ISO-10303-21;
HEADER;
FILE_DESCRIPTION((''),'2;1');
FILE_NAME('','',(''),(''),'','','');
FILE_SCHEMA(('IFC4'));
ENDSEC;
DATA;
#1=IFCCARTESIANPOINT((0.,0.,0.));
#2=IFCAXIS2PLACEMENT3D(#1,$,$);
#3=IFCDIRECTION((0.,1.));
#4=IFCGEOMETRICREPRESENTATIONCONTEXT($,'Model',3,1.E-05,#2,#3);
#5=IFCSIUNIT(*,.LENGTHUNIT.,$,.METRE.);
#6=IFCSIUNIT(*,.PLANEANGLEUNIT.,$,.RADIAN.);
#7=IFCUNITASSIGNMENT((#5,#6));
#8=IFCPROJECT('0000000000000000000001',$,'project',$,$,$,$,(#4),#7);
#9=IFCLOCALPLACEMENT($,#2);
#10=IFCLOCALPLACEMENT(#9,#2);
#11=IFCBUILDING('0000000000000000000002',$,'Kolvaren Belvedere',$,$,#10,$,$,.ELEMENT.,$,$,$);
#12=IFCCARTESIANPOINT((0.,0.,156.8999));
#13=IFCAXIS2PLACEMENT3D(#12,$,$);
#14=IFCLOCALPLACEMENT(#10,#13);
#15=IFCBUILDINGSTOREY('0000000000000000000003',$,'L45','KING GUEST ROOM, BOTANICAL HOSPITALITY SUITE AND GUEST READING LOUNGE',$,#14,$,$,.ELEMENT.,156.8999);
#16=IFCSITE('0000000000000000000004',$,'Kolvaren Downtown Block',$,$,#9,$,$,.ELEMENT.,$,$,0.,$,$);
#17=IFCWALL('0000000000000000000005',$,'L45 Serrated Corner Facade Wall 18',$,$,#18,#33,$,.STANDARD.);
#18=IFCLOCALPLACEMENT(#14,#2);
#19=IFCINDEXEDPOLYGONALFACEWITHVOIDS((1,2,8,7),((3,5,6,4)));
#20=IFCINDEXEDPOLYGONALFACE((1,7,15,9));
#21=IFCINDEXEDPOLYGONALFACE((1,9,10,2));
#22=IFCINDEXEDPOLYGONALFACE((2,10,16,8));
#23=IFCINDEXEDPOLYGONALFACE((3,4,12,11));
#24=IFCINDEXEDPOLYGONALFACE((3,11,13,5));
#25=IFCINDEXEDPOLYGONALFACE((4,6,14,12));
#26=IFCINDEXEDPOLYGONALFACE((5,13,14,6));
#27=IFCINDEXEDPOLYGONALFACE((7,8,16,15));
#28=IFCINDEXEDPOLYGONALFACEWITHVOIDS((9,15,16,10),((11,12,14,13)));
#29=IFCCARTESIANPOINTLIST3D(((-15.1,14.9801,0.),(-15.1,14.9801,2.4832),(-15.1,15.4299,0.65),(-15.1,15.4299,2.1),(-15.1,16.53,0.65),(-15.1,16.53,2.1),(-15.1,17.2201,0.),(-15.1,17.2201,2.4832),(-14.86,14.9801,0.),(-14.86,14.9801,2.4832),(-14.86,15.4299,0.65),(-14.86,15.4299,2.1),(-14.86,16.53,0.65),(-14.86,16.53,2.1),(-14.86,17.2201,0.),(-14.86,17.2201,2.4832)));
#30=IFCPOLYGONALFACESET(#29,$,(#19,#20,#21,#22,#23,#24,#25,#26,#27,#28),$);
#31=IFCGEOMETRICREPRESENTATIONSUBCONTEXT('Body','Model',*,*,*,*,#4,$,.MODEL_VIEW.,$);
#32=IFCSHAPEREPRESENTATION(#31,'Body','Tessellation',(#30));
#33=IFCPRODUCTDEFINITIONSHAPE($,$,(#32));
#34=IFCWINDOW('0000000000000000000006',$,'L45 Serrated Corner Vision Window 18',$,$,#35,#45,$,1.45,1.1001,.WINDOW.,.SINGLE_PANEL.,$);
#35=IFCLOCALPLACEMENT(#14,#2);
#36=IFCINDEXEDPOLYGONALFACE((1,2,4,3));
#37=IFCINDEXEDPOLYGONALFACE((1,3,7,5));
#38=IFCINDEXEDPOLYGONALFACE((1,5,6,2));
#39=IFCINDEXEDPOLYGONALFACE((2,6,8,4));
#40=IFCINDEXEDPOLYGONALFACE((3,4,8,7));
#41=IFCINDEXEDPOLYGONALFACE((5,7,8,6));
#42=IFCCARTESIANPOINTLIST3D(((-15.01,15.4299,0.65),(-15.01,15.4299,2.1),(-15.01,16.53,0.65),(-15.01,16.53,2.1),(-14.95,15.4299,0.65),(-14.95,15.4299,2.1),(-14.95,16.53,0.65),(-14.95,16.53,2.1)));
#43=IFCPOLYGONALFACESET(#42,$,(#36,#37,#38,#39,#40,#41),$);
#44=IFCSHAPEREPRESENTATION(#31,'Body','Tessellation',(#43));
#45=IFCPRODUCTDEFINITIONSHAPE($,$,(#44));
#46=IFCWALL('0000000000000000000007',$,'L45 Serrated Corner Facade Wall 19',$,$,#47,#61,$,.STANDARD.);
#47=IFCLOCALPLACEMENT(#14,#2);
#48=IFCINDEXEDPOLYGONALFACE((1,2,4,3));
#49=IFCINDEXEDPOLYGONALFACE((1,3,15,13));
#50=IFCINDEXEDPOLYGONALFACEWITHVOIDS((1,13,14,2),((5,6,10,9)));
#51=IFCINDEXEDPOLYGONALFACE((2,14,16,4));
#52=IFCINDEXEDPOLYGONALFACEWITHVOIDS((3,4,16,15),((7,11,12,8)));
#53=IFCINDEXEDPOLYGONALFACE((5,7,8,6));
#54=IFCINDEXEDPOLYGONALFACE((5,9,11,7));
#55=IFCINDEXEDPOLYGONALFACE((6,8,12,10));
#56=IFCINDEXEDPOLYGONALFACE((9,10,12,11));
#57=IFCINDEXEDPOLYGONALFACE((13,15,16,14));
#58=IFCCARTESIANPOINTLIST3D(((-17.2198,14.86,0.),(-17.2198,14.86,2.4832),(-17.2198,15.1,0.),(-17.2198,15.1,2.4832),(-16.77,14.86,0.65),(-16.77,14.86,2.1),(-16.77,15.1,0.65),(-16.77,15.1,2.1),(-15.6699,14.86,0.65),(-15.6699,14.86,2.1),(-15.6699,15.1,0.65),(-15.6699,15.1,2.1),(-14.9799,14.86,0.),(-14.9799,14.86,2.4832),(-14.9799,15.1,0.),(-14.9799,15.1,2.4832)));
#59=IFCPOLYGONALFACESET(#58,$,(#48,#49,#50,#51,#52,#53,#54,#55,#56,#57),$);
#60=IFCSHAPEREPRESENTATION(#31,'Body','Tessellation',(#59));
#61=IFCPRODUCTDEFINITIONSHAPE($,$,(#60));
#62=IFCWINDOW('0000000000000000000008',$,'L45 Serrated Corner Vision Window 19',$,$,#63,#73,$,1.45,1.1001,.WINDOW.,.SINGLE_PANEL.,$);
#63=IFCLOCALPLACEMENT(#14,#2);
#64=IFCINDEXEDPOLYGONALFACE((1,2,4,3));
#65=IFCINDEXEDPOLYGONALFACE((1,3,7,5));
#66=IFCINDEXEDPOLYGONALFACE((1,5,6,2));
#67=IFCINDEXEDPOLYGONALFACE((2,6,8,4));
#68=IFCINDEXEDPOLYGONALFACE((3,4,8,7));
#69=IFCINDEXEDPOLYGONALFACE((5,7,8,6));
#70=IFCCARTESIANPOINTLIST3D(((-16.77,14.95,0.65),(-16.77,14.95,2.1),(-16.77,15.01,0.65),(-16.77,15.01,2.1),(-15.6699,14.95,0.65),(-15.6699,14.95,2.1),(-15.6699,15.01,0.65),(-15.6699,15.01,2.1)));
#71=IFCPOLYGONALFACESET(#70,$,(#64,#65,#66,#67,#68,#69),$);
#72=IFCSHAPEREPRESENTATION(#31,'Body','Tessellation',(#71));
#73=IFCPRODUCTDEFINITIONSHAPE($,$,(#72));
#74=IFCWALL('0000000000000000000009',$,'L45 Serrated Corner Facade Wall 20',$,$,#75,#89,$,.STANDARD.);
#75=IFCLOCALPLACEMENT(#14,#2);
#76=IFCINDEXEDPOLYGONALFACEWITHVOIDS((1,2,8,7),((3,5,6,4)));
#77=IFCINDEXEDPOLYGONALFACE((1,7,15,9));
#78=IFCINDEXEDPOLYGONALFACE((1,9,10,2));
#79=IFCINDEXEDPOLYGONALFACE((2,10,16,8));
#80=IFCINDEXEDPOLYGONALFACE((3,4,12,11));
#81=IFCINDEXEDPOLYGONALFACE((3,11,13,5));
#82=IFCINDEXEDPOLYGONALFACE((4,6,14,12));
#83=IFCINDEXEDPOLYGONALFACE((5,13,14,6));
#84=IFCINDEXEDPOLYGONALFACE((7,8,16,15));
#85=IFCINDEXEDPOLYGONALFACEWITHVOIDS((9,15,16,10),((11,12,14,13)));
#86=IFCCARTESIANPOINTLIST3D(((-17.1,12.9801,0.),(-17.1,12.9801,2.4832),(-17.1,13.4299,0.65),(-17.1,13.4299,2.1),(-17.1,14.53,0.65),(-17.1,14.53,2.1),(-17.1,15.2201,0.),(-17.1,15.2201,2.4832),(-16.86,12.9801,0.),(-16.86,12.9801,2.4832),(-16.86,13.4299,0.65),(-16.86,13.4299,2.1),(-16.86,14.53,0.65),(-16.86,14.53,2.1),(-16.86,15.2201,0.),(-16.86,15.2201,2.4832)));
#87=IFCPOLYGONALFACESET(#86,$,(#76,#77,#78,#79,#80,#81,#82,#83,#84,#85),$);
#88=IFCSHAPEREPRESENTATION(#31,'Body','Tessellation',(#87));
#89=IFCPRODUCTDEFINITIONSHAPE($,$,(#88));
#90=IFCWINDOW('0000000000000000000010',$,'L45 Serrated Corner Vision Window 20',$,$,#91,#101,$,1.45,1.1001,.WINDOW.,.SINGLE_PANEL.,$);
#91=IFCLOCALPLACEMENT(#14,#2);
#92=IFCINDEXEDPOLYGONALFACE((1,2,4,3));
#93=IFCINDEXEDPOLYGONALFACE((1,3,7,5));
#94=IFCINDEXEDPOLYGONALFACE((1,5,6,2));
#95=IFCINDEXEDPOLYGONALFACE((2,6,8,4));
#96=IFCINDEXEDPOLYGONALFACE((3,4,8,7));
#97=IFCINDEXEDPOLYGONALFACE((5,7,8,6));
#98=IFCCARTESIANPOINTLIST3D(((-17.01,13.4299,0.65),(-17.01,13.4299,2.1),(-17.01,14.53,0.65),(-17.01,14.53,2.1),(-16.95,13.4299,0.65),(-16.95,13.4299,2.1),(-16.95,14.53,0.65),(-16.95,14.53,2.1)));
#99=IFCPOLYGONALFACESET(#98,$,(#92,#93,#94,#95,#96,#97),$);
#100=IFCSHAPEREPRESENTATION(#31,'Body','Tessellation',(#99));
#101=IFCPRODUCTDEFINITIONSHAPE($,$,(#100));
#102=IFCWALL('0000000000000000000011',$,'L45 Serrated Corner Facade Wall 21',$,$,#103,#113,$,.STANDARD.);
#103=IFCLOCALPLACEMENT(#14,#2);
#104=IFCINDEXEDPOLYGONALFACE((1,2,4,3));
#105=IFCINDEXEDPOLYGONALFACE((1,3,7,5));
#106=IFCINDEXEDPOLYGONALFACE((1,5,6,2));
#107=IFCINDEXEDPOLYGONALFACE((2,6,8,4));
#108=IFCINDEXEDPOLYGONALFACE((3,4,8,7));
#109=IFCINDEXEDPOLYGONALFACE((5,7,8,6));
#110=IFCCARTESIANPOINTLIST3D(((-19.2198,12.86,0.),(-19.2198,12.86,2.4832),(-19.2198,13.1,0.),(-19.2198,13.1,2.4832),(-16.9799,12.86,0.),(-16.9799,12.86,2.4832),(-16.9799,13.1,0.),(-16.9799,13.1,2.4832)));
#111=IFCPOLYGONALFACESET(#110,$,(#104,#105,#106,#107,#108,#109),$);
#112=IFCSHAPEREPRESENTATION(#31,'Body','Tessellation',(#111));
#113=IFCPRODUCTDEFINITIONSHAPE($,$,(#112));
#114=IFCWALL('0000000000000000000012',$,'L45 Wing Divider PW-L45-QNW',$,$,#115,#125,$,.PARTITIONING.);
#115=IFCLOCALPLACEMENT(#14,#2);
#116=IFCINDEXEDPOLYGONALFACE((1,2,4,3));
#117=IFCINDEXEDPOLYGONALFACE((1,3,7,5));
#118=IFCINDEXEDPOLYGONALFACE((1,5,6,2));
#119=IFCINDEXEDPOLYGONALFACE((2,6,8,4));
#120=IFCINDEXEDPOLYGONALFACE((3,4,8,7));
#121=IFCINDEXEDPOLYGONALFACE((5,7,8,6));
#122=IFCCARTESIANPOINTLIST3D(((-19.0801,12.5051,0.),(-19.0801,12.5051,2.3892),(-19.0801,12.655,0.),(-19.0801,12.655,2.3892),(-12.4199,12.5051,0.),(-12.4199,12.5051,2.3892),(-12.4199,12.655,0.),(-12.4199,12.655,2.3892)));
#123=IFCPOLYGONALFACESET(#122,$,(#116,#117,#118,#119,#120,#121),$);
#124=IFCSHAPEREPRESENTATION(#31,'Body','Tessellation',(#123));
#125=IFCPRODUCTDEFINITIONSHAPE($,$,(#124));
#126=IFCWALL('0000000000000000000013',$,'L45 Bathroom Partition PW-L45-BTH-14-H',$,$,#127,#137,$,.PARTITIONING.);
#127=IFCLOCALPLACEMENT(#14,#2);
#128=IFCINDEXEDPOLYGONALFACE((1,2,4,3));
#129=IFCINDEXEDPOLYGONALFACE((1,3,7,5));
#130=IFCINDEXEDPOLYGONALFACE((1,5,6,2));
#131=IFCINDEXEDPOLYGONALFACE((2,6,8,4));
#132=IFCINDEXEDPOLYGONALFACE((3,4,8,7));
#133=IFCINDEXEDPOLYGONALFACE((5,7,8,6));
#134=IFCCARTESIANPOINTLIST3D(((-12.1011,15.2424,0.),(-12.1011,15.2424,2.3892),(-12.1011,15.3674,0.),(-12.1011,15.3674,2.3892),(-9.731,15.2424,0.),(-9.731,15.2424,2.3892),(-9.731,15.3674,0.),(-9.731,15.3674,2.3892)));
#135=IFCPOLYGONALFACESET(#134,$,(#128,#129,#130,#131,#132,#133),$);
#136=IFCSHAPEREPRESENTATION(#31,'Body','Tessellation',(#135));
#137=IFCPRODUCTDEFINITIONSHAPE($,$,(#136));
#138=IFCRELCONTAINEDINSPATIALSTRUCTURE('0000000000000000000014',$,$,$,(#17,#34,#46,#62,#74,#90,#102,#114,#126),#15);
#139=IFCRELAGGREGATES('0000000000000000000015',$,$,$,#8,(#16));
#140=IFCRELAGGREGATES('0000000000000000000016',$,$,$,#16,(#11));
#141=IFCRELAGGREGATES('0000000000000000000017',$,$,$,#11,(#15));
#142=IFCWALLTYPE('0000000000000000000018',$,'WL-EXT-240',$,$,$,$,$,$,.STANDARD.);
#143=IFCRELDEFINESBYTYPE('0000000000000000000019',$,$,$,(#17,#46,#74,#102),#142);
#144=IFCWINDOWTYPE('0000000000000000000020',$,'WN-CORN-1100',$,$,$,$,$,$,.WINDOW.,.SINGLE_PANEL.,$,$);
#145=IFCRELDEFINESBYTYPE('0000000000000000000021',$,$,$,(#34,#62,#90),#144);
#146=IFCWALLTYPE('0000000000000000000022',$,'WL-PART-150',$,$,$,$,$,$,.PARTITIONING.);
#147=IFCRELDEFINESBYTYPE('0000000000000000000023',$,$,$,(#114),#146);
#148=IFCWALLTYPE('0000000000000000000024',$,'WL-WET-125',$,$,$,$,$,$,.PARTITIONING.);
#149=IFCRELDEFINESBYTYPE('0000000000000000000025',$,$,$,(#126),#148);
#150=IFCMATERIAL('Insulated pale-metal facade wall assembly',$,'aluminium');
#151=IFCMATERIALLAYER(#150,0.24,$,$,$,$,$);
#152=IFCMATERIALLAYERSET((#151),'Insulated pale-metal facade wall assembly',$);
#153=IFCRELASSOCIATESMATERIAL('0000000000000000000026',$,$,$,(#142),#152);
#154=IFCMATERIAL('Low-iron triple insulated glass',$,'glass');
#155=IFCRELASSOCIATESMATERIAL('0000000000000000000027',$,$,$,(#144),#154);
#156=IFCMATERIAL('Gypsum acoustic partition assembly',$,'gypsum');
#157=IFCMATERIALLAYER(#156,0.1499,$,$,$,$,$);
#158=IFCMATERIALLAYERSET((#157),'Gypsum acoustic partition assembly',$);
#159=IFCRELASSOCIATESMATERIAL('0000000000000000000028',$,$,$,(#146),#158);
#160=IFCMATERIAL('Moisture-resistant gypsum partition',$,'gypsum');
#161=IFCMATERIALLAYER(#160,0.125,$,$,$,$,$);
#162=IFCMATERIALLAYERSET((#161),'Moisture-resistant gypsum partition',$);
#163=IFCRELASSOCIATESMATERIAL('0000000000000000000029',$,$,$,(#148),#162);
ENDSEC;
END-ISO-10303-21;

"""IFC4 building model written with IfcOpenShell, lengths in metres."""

from ifc_helpers import new_model, si_unit, direction, frame, frame_2d, origin, place, context, subcontext, project, spatial, rectangle, extrude, material, layer, layer_set, type_object, element, fill, save


model = new_model("IFC4")

# Units and contexts
model_context = context("Model", 3, precision=1e-05, world=origin(), true_north=direction((0.0, 1.0)))
body_context = subcontext(model_context, "Body", "Model", "MODEL_VIEW")
ifc_project = project(units=[si_unit("LENGTHUNIT", "METRE"), si_unit("PLANEANGLEUNIT", "RADIAN")], contexts=[model_context])

# Site, building, storey
site_placement = place(None, origin())
site = spatial("IfcSite", under=ifc_project, at=site_placement, Name="Kolvaren Downtown Block", CompositionType="ELEMENT", RefElevation=0.0)
building_placement = place(site_placement, origin())
building = spatial("IfcBuilding", under=site, at=building_placement, Name="Kolvaren Belvedere", CompositionType="ELEMENT")
storey_placement = place(building_placement, frame((0.0, 0.0, 156.8999)))
storey = spatial("IfcBuildingStorey", under=building, at=storey_placement, Name="L45", Description="KING GUEST ROOM, BOTANICAL HOSPITALITY SUITE AND GUEST READING LOUNGE", CompositionType="ELEMENT", Elevation=156.8999)

# Shared definitions
ifc_material_1 = material(Name="Insulated pale-metal facade wall assembly", Category="aluminium")
ifc_layer_1 = layer(ifc_material_1, 0.24)
ifc_layer_set_1 = layer_set([ifc_layer_1], Name="Insulated pale-metal facade wall assembly")
wall_type_1 = type_object("IfcWallType", Name="WL-EXT-240", PredefinedType="STANDARD", material=ifc_layer_set_1)

# Walls, openings, windows
ifc_material_2 = material(Name="Low-iron triple insulated glass", Category="glass")
window_type = type_object("IfcWindowType", Name="WN-CORN-1100", PartitioningType="SINGLE_PANEL", PredefinedType="WINDOW", material=ifc_material_2)
wall_1_placement = place(storey_placement, frame((-14.98, 14.98, 0.0), z_axis=(0.0, 0.0, 1.0), x_axis=(0.0, 1.0, 0.0)))
wall_1 = element("IfcWall", 1, at=wall_1_placement, inside=storey, type_object=wall_type_1, Name="L45 Serrated Corner Facade Wall 18", PredefinedType="STANDARD", context=body_context, shape_type="SweptSolid", body=[
    extrude(rectangle(XDim=2.24, YDim=0.24, at=frame_2d((1.1201, 0.0))), origin(), (0.0, 0.0, 1.0), 2.4832),
])
opening_1_placement = place(wall_1_placement, frame((0.45, 0.0, 0.6499)))
opening_1 = element("IfcOpeningElement", 2, at=opening_1_placement, cuts=wall_1, PredefinedType="OPENING", context=body_context, shape_type="SweptSolid", body=[
    extrude(rectangle(XDim=1.1001, YDim=1.45, at=frame_2d((0.55, 0.7251))), frame((0.0, 0.1299, 0.0), z_axis=(0.0, -1.0, 0.0), x_axis=(1.0, 0.0, 0.0)), (0.0, 0.0, 1.0), 0.26),
])
window_1_placement = place(opening_1_placement, origin())
window_1 = element("IfcWindow", 3, at=window_1_placement, inside=storey, type_object=window_type, Name="L45 Serrated Corner Vision Window 18", OverallHeight=1.45, OverallWidth=1.1001, PartitioningType="SINGLE_PANEL", PredefinedType="WINDOW", context=body_context, shape_type="SweptSolid", body=[
    extrude(rectangle(XDim=1.1001, YDim=1.45, at=frame_2d((0.55, 0.7251))), frame((0.0, 0.03, 0.0), z_axis=(0.0, -1.0, 0.0), x_axis=(1.0, 0.0, 0.0)), (0.0, 0.0, 1.0), 0.0601),
])
fill(opening_1, window_1)
wall_2_placement = place(storey_placement, frame((-17.22, 14.98, 0.0), z_axis=(0.0, 0.0, 1.0), x_axis=(1.0, 0.0, 0.0)))
wall_2 = element("IfcWall", 4, at=wall_2_placement, inside=storey, type_object=wall_type_1, Name="L45 Serrated Corner Facade Wall 19", PredefinedType="STANDARD", context=body_context, shape_type="SweptSolid", body=[
    extrude(rectangle(XDim=2.24, YDim=0.24, at=frame_2d((1.1201, 0.0))), origin(), (0.0, 0.0, 1.0), 2.4832),
])
opening_2_placement = place(wall_2_placement, frame((0.45, 0.0, 0.6499)))
opening_2 = element("IfcOpeningElement", 5, at=opening_2_placement, cuts=wall_2, PredefinedType="OPENING", context=body_context, shape_type="SweptSolid", body=[
    extrude(rectangle(XDim=1.1001, YDim=1.45, at=frame_2d((0.55, 0.7251))), frame((0.0, 0.1299, 0.0), z_axis=(0.0, -1.0, 0.0), x_axis=(1.0, 0.0, 0.0)), (0.0, 0.0, 1.0), 0.26),
])
window_2_placement = place(opening_2_placement, origin())
window_2 = element("IfcWindow", 6, at=window_2_placement, inside=storey, type_object=window_type, Name="L45 Serrated Corner Vision Window 19", OverallHeight=1.45, OverallWidth=1.1001, PartitioningType="SINGLE_PANEL", PredefinedType="WINDOW", context=body_context, shape_type="SweptSolid", body=[
    extrude(rectangle(XDim=1.1001, YDim=1.45, at=frame_2d((0.55, 0.7251))), frame((0.0, 0.03, 0.0), z_axis=(0.0, -1.0, 0.0), x_axis=(1.0, 0.0, 0.0)), (0.0, 0.0, 1.0), 0.0601),
])
fill(opening_2, window_2)
wall_3_placement = place(storey_placement, frame((-16.98, 12.98, 0.0), z_axis=(0.0, 0.0, 1.0), x_axis=(0.0, 1.0, 0.0)))
wall_3 = element("IfcWall", 7, at=wall_3_placement, inside=storey, type_object=wall_type_1, Name="L45 Serrated Corner Facade Wall 20", PredefinedType="STANDARD", context=body_context, shape_type="SweptSolid", body=[
    extrude(rectangle(XDim=2.24, YDim=0.24, at=frame_2d((1.1201, 0.0))), origin(), (0.0, 0.0, 1.0), 2.4832),
])
opening_3_placement = place(wall_3_placement, frame((0.45, 0.0, 0.6499)))
opening_3 = element("IfcOpeningElement", 8, at=opening_3_placement, cuts=wall_3, PredefinedType="OPENING", context=body_context, shape_type="SweptSolid", body=[
    extrude(rectangle(XDim=1.1001, YDim=1.45, at=frame_2d((0.55, 0.7251))), frame((0.0, 0.1299, 0.0), z_axis=(0.0, -1.0, 0.0), x_axis=(1.0, 0.0, 0.0)), (0.0, 0.0, 1.0), 0.26),
])
window_3_placement = place(opening_3_placement, origin())
window_3 = element("IfcWindow", 9, at=window_3_placement, inside=storey, type_object=window_type, Name="L45 Serrated Corner Vision Window 20", OverallHeight=1.45, OverallWidth=1.1001, PartitioningType="SINGLE_PANEL", PredefinedType="WINDOW", context=body_context, shape_type="SweptSolid", body=[
    extrude(rectangle(XDim=1.1001, YDim=1.45, at=frame_2d((0.55, 0.7251))), frame((0.0, 0.03, 0.0), z_axis=(0.0, -1.0, 0.0), x_axis=(1.0, 0.0, 0.0)), (0.0, 0.0, 1.0), 0.0601),
])
fill(opening_3, window_3)

# Walls
wall_4_placement = place(storey_placement, frame((-19.22, 12.98, 0.0), z_axis=(0.0, 0.0, 1.0), x_axis=(1.0, 0.0, 0.0)))
element("IfcWall", 10, at=wall_4_placement, inside=storey, type_object=wall_type_1, Name="L45 Serrated Corner Facade Wall 21", PredefinedType="STANDARD", context=body_context, shape_type="SweptSolid", body=[
    extrude(rectangle(XDim=2.24, YDim=0.24, at=frame_2d((1.1201, 0.0))), origin(), (0.0, 0.0, 1.0), 2.4832),
])
ifc_material_3 = material(Name="Gypsum acoustic partition assembly", Category="gypsum")
ifc_layer_2 = layer(ifc_material_3, 0.1499)
ifc_layer_set_2 = layer_set([ifc_layer_2], Name="Gypsum acoustic partition assembly")
wall_type_2 = type_object("IfcWallType", Name="WL-PART-150", PredefinedType="PARTITIONING", material=ifc_layer_set_2)
wall_5_placement = place(storey_placement, frame((-19.0801, 12.5801, 0.0), z_axis=(0.0, 0.0, 1.0), x_axis=(1.0, 0.0, 0.0)))
element("IfcWall", 11, at=wall_5_placement, inside=storey, type_object=wall_type_2, Name="L45 Wing Divider PW-L45-QNW", PredefinedType="PARTITIONING", context=body_context, shape_type="SweptSolid", body=[
    extrude(rectangle(XDim=6.6602, YDim=0.1499, at=frame_2d((3.3301, 0.0))), origin(), (0.0, 0.0, 1.0), 2.3892),
])
ifc_material_4 = material(Name="Moisture-resistant gypsum partition", Category="gypsum")
ifc_layer_3 = layer(ifc_material_4, 0.125)
ifc_layer_set_3 = layer_set([ifc_layer_3], Name="Moisture-resistant gypsum partition")
wall_type_3 = type_object("IfcWallType", Name="WL-WET-125", PredefinedType="PARTITIONING", material=ifc_layer_set_3)
wall_6_placement = place(storey_placement, frame((-12.1011, 15.3049, 0.0), z_axis=(0.0, 0.0, 1.0), x_axis=(1.0, 0.0, 0.0)))
element("IfcWall", 12, at=wall_6_placement, inside=storey, type_object=wall_type_3, Name="L45 Bathroom Partition PW-L45-BTH-14-H", PredefinedType="PARTITIONING", context=body_context, shape_type="SweptSolid", body=[
    extrude(rectangle(XDim=2.3701, YDim=0.125, at=frame_2d((1.1851, 0.0))), origin(), (0.0, 0.0, 1.0), 2.3892),
])

save(model, "model.ifc")
